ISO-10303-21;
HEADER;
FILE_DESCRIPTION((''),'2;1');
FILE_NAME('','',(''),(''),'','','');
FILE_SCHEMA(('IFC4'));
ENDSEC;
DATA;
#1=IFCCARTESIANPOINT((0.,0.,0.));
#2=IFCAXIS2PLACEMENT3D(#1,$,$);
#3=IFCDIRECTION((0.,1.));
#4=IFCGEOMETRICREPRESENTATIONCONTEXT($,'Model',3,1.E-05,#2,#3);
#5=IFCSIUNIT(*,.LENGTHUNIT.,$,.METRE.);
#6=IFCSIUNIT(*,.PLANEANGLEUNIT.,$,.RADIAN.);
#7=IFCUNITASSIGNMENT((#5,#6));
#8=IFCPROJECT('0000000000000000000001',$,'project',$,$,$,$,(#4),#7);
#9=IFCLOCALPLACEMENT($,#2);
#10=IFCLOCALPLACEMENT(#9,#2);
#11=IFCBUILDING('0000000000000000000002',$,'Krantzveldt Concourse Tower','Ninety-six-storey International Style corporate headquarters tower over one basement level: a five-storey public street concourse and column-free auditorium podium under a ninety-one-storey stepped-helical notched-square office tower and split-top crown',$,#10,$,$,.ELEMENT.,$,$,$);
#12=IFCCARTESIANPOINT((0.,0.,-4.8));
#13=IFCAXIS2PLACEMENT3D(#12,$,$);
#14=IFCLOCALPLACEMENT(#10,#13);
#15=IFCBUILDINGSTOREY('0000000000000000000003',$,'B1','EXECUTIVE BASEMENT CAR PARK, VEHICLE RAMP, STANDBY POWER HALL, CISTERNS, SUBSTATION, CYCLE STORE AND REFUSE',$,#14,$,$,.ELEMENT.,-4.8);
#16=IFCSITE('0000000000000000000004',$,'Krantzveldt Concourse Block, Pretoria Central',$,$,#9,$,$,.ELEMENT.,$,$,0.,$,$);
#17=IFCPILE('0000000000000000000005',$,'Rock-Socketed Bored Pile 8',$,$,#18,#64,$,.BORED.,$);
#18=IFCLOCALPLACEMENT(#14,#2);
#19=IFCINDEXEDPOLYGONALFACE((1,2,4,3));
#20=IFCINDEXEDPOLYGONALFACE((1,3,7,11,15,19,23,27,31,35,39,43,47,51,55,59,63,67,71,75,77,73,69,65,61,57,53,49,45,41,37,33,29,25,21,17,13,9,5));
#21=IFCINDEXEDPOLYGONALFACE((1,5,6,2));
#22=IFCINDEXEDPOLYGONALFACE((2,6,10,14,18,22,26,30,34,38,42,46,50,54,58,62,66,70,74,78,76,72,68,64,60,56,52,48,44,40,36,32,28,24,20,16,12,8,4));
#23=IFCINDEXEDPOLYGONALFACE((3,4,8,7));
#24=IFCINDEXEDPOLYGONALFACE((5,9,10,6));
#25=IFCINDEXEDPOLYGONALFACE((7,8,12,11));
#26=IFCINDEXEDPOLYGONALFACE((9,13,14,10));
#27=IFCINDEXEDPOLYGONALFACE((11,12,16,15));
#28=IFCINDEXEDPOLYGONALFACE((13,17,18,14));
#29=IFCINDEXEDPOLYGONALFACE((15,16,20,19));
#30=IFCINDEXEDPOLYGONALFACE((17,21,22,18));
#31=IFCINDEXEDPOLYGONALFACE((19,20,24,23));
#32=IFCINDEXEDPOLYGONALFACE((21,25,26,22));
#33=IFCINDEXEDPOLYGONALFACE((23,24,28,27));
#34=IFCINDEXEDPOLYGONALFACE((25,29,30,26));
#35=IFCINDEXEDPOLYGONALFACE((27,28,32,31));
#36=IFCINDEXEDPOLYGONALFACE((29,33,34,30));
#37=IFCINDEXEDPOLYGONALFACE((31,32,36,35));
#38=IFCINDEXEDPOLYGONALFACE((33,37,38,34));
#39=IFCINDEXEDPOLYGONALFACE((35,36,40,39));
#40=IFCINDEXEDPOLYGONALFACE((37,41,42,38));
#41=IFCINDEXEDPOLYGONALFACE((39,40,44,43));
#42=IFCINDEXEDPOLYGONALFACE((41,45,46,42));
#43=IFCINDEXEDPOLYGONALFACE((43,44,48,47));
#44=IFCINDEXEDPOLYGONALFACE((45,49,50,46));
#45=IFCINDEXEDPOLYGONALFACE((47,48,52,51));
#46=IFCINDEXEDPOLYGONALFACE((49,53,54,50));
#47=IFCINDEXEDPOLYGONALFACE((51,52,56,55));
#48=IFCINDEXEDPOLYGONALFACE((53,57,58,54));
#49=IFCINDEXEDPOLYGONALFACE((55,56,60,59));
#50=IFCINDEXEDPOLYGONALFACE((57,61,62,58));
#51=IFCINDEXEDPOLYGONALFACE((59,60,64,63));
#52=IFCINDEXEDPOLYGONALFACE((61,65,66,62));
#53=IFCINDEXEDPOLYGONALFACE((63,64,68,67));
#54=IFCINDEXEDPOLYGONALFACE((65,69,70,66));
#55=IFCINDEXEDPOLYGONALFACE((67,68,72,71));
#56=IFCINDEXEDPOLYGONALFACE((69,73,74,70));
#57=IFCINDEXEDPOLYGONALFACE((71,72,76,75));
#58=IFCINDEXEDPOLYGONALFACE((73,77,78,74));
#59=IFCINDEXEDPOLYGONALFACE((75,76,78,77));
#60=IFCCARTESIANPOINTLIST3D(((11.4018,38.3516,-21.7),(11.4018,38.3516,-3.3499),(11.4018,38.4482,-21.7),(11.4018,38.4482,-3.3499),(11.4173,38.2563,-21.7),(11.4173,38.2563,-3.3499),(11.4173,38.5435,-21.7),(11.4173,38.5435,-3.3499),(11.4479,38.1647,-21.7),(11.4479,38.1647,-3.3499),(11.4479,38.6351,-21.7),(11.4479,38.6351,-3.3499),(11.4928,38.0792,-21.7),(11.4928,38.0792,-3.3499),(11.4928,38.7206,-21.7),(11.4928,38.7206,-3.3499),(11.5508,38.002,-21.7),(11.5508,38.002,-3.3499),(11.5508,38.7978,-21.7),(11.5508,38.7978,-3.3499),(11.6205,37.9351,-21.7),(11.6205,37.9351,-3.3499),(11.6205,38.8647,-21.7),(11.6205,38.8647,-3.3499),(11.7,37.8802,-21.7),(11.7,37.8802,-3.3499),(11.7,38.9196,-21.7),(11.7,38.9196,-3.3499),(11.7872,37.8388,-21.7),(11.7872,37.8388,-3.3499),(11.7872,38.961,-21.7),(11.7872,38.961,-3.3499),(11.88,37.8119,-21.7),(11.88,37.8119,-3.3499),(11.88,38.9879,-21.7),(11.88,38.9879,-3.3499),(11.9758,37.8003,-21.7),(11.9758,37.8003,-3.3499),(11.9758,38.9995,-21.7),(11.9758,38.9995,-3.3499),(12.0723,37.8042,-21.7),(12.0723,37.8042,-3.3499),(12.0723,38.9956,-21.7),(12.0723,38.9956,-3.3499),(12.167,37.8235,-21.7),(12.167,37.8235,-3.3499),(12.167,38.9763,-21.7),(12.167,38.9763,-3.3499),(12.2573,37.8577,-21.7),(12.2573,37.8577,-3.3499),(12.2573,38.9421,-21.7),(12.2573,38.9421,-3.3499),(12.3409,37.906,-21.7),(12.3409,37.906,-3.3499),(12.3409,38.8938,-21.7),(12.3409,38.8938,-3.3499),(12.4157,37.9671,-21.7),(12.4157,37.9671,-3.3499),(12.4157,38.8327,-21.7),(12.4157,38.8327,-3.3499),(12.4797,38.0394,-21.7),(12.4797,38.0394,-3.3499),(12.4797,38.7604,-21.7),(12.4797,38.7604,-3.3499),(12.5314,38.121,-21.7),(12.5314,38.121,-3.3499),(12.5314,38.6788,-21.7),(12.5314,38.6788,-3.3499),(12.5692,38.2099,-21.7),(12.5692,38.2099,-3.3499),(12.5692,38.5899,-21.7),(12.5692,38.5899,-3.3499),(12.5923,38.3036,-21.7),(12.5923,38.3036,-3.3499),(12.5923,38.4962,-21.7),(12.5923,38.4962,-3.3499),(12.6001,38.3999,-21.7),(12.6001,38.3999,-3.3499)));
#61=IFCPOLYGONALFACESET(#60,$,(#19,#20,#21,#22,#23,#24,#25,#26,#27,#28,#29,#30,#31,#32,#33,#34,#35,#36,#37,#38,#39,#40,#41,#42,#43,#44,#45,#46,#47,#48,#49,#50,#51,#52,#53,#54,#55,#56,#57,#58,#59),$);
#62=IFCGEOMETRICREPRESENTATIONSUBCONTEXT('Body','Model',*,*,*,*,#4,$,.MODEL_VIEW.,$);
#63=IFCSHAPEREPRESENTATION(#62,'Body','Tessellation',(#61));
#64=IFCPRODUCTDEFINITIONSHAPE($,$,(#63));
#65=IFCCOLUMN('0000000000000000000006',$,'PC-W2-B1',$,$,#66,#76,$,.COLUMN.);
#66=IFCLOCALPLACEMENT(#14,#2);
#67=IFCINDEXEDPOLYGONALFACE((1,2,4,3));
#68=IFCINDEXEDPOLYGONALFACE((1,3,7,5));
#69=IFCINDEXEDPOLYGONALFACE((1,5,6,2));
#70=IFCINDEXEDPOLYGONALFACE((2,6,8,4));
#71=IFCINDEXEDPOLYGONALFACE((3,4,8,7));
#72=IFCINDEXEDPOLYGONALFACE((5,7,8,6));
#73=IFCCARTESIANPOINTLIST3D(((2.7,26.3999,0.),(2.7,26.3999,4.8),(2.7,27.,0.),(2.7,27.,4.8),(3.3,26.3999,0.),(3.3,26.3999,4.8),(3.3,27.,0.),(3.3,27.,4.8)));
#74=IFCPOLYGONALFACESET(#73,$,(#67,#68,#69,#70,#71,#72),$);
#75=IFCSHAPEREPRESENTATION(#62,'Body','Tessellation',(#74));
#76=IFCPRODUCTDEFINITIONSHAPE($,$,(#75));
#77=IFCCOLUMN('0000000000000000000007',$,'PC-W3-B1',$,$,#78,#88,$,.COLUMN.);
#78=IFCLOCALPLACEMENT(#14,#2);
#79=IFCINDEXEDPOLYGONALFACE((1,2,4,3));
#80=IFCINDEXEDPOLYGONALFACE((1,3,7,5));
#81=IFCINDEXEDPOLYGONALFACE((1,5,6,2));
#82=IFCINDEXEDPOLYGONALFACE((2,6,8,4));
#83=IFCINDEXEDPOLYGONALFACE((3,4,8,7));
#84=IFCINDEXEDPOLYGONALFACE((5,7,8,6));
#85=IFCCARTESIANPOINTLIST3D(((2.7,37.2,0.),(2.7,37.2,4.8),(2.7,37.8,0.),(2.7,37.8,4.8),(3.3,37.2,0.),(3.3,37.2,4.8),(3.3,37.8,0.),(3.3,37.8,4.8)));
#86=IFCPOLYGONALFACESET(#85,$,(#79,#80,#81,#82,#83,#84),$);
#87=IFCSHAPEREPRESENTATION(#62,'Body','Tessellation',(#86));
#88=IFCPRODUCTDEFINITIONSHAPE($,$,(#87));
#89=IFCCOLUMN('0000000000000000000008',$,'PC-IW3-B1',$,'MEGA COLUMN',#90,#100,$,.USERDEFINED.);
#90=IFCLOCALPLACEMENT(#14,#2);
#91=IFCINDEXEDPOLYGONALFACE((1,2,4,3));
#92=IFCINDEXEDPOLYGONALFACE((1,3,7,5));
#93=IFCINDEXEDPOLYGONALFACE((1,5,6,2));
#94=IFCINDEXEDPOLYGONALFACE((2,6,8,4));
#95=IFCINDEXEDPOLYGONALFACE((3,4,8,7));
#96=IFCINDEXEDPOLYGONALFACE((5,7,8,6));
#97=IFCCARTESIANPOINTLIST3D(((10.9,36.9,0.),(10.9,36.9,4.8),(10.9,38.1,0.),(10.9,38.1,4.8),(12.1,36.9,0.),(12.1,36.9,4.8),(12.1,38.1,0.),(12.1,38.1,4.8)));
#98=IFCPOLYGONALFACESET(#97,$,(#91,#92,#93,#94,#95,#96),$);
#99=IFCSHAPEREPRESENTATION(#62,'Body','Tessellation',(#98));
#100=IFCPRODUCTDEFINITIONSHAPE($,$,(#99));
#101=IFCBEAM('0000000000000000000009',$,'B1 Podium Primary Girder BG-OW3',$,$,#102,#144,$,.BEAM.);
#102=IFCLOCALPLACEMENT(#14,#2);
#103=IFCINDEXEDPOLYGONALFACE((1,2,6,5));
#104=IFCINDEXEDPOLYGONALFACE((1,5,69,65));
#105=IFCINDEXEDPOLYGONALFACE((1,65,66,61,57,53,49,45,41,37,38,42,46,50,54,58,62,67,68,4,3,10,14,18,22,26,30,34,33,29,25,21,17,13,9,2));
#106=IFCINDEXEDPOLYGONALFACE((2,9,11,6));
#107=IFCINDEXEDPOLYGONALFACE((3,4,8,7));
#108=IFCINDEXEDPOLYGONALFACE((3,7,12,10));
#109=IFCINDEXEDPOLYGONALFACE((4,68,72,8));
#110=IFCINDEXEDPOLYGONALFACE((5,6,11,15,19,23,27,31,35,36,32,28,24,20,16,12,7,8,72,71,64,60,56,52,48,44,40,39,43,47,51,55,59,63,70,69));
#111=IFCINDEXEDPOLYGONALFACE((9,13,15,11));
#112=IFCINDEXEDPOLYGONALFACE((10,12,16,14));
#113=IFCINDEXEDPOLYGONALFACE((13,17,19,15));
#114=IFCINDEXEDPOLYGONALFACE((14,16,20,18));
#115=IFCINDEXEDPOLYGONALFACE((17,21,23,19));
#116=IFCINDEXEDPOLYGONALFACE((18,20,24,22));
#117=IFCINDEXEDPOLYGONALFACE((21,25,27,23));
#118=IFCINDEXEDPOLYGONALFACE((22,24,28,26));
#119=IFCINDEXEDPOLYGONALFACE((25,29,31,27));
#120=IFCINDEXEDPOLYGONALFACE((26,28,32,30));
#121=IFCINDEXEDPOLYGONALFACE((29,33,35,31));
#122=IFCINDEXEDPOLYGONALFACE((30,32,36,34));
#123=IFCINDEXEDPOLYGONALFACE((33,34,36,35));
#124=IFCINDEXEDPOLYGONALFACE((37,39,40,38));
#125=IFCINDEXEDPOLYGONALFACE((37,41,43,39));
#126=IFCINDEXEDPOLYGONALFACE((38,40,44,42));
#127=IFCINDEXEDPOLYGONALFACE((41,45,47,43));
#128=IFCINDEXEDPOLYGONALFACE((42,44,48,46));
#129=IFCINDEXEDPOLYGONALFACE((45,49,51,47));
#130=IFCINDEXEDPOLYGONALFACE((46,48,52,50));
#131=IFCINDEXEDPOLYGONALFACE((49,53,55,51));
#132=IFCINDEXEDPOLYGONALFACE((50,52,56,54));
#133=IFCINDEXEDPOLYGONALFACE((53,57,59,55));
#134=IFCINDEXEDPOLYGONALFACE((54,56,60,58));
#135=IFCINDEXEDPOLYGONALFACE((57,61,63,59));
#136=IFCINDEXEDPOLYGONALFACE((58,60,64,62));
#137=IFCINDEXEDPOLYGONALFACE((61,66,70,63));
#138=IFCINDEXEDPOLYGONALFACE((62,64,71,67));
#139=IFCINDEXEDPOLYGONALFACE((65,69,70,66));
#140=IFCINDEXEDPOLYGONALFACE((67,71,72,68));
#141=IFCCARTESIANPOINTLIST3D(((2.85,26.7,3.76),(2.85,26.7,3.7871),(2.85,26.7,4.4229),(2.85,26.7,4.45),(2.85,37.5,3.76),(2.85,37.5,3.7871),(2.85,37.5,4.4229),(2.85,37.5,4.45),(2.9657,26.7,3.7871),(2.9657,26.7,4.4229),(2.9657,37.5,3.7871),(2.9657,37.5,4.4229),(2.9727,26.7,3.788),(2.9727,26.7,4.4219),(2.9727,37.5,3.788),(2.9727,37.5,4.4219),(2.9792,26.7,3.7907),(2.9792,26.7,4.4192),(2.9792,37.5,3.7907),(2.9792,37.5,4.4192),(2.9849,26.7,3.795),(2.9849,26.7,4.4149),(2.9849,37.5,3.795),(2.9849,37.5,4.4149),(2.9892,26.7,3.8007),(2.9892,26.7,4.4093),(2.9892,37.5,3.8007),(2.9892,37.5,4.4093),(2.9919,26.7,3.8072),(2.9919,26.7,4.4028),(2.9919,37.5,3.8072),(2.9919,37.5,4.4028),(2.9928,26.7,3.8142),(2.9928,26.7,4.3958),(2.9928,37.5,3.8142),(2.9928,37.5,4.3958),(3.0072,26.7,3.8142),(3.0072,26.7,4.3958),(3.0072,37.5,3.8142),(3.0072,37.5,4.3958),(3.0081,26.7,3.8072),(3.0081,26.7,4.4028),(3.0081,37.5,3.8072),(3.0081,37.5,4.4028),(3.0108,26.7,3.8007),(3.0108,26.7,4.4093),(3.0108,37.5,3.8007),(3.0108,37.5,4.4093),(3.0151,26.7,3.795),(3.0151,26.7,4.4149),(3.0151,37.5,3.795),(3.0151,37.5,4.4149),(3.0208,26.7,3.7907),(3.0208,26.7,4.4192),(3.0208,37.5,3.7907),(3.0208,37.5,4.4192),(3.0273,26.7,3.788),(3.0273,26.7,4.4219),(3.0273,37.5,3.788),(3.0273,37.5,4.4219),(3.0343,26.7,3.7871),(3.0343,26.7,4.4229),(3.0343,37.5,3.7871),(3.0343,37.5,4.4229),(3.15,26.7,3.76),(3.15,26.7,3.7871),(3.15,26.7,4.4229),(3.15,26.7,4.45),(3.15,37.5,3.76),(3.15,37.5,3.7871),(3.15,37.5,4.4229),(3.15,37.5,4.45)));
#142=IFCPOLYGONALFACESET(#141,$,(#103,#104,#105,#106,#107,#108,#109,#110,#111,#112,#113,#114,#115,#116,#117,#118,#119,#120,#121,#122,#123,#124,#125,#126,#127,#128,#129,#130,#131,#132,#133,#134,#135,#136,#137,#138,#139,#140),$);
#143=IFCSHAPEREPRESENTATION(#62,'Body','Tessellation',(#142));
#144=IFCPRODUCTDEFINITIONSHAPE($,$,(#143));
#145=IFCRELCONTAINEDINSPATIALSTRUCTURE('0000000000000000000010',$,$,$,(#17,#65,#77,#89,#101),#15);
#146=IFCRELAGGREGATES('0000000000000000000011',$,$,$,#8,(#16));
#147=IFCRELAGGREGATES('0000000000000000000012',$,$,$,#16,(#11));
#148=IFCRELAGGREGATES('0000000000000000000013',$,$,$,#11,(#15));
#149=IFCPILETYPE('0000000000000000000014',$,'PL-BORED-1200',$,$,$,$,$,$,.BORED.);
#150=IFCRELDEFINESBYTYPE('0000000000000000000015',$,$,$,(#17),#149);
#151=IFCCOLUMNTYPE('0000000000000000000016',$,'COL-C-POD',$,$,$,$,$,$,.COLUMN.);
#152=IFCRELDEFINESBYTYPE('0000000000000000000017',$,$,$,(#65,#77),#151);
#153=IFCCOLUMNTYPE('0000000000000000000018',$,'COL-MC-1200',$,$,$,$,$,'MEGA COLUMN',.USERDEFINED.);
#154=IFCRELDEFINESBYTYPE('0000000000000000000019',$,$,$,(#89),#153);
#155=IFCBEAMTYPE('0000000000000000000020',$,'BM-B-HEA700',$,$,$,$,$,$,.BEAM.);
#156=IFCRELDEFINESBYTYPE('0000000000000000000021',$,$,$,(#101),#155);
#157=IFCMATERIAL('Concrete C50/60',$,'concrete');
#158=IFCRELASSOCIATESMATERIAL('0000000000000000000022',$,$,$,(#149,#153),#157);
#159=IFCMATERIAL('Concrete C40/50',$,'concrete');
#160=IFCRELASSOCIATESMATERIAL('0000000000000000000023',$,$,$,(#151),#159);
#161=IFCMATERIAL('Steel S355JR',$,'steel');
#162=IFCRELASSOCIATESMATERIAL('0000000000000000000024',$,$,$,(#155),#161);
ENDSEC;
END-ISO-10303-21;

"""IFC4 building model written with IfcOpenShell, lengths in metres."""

from ifc_helpers import new_model, si_unit, direction, frame, origin, origin_2d, place, context, subcontext, project, spatial, rectangle, circle, i_section, extrude, source, transform, mapped, material, material_profile, profile_set, type_object, type_shapes, element, save


model = new_model("IFC4")

# Units and contexts
model_context = context("Model", 3, precision=1e-05, world=origin(), true_north=direction((0.0, 1.0)))
body_context = subcontext(model_context, "Body", "Model", "MODEL_VIEW")
ifc_project = project(units=[si_unit("LENGTHUNIT", "METRE"), si_unit("PLANEANGLEUNIT", "RADIAN")], contexts=[model_context])

# Site, building, storey
site_placement = place(None, origin())
site = spatial("IfcSite", under=ifc_project, at=site_placement, Name="Krantzveldt Concourse Block, Pretoria Central", CompositionType="ELEMENT", RefElevation=0.0)
building_placement = place(site_placement, origin())
building = spatial("IfcBuilding", under=site, at=building_placement, Name="Krantzveldt Concourse Tower", Description="Ninety-six-storey International Style corporate headquarters tower over one basement level: a five-storey public street concourse and column-free auditorium podium under a ninety-one-storey stepped-helical notched-square office tower and split-top crown", CompositionType="ELEMENT")
storey_placement = place(building_placement, frame((0.0, 0.0, -4.8)))
storey = spatial("IfcBuildingStorey", under=building, at=storey_placement, Name="B1", Description="EXECUTIVE BASEMENT CAR PARK, VEHICLE RAMP, STANDBY POWER HALL, CISTERNS, SUBSTATION, CYCLE STORE AND REFUSE", CompositionType="ELEMENT", Elevation=-4.8)

# Shared definitions
ifc_material_1 = material(Name="Concrete C50/60", Category="concrete")

# Pile
ifc_material_profile_1 = material_profile(ifc_material_1, circle(Radius=0.6001, at=origin_2d()), Name="Concrete C50/60", Category="concrete")
ifc_profile_set_1 = profile_set([ifc_material_profile_1], Name="Concrete C50/60 - PILE D1200")
pile_type = type_object("IfcPileType", Name="PL-BORED-1200", PredefinedType="BORED", material=ifc_profile_set_1)
shared_shape_1 = source(origin(), body_context, "Body", "SweptSolid", [
    extrude(circle(Radius=0.6001, at=origin_2d()), origin(), (0.0, 0.0, 1.0), 18.3501),
])
type_shapes(pile_type, [shared_shape_1])
for number, where, z_axis, x_axis, name in (
    (1, (12.0, 38.3999, -3.3499), (0.0, 0.0, -1.0), (1.0, 0.0, 0.0), "Rock-Socketed Bored Pile 8"),
):
    element("IfcPile", number, at=place(storey_placement, frame(where, z_axis=z_axis, x_axis=x_axis)), inside=storey, type_object=pile_type, Name=name, PredefinedType="BORED", context=body_context, shape_type="MappedRepresentation", body=[
        mapped(shared_shape_1, transform((0.0, 0.0, 0.0), x_axis=(1.0, 0.0, 0.0), y_axis=(0.0, 1.0, 0.0), z_axis=(0.0, 0.0, 1.0), scale=1.0)),
    ])

# Columns
ifc_material_2 = material(Name="Concrete C40/50", Category="concrete")
ifc_material_profile_2 = material_profile(ifc_material_2, rectangle(XDim=0.6001, YDim=0.6001, at=origin_2d()), Name="Concrete C40/50", Category="concrete")
ifc_profile_set_2 = profile_set([ifc_material_profile_2], Name="Concrete C40/50 - RC 600x600")
column_type_1 = type_object("IfcColumnType", Name="COL-C-POD", PredefinedType="COLUMN", material=ifc_profile_set_2)
shared_shape_2 = source(origin(), body_context, "Body", "SweptSolid", [
    extrude(rectangle(XDim=0.6001, YDim=0.6001, at=origin_2d()), origin(), (0.0, 0.0, 1.0), 4.8),
])
type_shapes(column_type_1, [shared_shape_2])
for number, where, z_axis, x_axis, name in (
    (2, (3.0, 26.7, 0.0), (0.0, 0.0, 1.0), (1.0, 0.0, 0.0), "PC-W2-B1"),
    (3, (3.0, 37.5, 0.0), (0.0, 0.0, 1.0), (1.0, 0.0, 0.0), "PC-W3-B1"),
):
    element("IfcColumn", number, at=place(storey_placement, frame(where, z_axis=z_axis, x_axis=x_axis)), inside=storey, type_object=column_type_1, Name=name, PredefinedType="COLUMN", context=body_context, shape_type="MappedRepresentation", body=[
        mapped(shared_shape_2, transform((0.0, 0.0, 0.0), x_axis=(1.0, 0.0, 0.0), y_axis=(0.0, 1.0, 0.0), z_axis=(0.0, 0.0, 1.0), scale=1.0)),
    ])
ifc_material_profile_3 = material_profile(ifc_material_1, rectangle(XDim=1.2, YDim=1.2, at=origin_2d()), Name="Concrete C50/60", Category="concrete")
ifc_profile_set_3 = profile_set([ifc_material_profile_3], Name="Concrete C50/60 - RC 1200x1200")
column_type_2 = type_object("IfcColumnType", Name="COL-MC-1200", ElementType="MEGA COLUMN", PredefinedType="USERDEFINED", material=ifc_profile_set_3)
shared_shape_3 = source(origin(), body_context, "Body", "SweptSolid", [
    extrude(rectangle(XDim=1.2, YDim=1.2, at=origin_2d()), origin(), (0.0, 0.0, 1.0), 4.8),
])
type_shapes(column_type_2, [shared_shape_3])
column_placement = place(storey_placement, frame((11.5, 37.5, 0.0), z_axis=(0.0, 0.0, 1.0), x_axis=(1.0, 0.0, 0.0)))
element("IfcColumn", 4, at=column_placement, inside=storey, type_object=column_type_2, Name="PC-IW3-B1", ObjectType="MEGA COLUMN", PredefinedType="USERDEFINED", context=body_context, shape_type="MappedRepresentation", body=[
    mapped(shared_shape_3, transform((0.0, 0.0, 0.0), x_axis=(1.0, 0.0, 0.0), y_axis=(0.0, 1.0, 0.0), z_axis=(0.0, 0.0, 1.0), scale=1.0)),
])

# Beam
ifc_material_3 = material(Name="Steel S355JR", Category="steel")
ifc_material_profile_4 = material_profile(ifc_material_3, i_section(OverallWidth=0.3, OverallDepth=0.6899, WebThickness=0.0144, FlangeThickness=0.0271, FilletRadius=0.0271, at=origin_2d()), Name="Steel S355JR", Category="steel")
ifc_profile_set_4 = profile_set([ifc_material_profile_4], Name="Steel S355JR - HEA 700")
beam_type_1 = type_object("IfcBeamType", Name="BM-B-HEA700", PredefinedType="BEAM", material=ifc_profile_set_4)
shared_shape_4 = source(origin(), body_context, "Body", "SweptSolid", [
    extrude(i_section(OverallWidth=0.3, OverallDepth=0.6899, WebThickness=0.0144, FlangeThickness=0.0271, FilletRadius=0.0271, at=origin_2d()), origin(), (0.0, 0.0, 1.0), 10.8),
])
beam_1_placement = place(storey_placement, frame((3.0, 26.7, 4.105), z_axis=(0.0, 1.0, 0.0), x_axis=(-1.0, 0.0, 0.0)))
element("IfcBeam", 5, at=beam_1_placement, inside=storey, type_object=beam_type_1, Name="B1 Podium Primary Girder BG-OW3", PredefinedType="BEAM", context=body_context, shape_type="MappedRepresentation", body=[
    mapped(shared_shape_4, transform((0.0, 0.0, 0.0), x_axis=(1.0, 0.0, 0.0), y_axis=(0.0, 1.0, 0.0), z_axis=(0.0, 0.0, 1.0), scale=1.0)),
])

save(model, "model.ifc")
